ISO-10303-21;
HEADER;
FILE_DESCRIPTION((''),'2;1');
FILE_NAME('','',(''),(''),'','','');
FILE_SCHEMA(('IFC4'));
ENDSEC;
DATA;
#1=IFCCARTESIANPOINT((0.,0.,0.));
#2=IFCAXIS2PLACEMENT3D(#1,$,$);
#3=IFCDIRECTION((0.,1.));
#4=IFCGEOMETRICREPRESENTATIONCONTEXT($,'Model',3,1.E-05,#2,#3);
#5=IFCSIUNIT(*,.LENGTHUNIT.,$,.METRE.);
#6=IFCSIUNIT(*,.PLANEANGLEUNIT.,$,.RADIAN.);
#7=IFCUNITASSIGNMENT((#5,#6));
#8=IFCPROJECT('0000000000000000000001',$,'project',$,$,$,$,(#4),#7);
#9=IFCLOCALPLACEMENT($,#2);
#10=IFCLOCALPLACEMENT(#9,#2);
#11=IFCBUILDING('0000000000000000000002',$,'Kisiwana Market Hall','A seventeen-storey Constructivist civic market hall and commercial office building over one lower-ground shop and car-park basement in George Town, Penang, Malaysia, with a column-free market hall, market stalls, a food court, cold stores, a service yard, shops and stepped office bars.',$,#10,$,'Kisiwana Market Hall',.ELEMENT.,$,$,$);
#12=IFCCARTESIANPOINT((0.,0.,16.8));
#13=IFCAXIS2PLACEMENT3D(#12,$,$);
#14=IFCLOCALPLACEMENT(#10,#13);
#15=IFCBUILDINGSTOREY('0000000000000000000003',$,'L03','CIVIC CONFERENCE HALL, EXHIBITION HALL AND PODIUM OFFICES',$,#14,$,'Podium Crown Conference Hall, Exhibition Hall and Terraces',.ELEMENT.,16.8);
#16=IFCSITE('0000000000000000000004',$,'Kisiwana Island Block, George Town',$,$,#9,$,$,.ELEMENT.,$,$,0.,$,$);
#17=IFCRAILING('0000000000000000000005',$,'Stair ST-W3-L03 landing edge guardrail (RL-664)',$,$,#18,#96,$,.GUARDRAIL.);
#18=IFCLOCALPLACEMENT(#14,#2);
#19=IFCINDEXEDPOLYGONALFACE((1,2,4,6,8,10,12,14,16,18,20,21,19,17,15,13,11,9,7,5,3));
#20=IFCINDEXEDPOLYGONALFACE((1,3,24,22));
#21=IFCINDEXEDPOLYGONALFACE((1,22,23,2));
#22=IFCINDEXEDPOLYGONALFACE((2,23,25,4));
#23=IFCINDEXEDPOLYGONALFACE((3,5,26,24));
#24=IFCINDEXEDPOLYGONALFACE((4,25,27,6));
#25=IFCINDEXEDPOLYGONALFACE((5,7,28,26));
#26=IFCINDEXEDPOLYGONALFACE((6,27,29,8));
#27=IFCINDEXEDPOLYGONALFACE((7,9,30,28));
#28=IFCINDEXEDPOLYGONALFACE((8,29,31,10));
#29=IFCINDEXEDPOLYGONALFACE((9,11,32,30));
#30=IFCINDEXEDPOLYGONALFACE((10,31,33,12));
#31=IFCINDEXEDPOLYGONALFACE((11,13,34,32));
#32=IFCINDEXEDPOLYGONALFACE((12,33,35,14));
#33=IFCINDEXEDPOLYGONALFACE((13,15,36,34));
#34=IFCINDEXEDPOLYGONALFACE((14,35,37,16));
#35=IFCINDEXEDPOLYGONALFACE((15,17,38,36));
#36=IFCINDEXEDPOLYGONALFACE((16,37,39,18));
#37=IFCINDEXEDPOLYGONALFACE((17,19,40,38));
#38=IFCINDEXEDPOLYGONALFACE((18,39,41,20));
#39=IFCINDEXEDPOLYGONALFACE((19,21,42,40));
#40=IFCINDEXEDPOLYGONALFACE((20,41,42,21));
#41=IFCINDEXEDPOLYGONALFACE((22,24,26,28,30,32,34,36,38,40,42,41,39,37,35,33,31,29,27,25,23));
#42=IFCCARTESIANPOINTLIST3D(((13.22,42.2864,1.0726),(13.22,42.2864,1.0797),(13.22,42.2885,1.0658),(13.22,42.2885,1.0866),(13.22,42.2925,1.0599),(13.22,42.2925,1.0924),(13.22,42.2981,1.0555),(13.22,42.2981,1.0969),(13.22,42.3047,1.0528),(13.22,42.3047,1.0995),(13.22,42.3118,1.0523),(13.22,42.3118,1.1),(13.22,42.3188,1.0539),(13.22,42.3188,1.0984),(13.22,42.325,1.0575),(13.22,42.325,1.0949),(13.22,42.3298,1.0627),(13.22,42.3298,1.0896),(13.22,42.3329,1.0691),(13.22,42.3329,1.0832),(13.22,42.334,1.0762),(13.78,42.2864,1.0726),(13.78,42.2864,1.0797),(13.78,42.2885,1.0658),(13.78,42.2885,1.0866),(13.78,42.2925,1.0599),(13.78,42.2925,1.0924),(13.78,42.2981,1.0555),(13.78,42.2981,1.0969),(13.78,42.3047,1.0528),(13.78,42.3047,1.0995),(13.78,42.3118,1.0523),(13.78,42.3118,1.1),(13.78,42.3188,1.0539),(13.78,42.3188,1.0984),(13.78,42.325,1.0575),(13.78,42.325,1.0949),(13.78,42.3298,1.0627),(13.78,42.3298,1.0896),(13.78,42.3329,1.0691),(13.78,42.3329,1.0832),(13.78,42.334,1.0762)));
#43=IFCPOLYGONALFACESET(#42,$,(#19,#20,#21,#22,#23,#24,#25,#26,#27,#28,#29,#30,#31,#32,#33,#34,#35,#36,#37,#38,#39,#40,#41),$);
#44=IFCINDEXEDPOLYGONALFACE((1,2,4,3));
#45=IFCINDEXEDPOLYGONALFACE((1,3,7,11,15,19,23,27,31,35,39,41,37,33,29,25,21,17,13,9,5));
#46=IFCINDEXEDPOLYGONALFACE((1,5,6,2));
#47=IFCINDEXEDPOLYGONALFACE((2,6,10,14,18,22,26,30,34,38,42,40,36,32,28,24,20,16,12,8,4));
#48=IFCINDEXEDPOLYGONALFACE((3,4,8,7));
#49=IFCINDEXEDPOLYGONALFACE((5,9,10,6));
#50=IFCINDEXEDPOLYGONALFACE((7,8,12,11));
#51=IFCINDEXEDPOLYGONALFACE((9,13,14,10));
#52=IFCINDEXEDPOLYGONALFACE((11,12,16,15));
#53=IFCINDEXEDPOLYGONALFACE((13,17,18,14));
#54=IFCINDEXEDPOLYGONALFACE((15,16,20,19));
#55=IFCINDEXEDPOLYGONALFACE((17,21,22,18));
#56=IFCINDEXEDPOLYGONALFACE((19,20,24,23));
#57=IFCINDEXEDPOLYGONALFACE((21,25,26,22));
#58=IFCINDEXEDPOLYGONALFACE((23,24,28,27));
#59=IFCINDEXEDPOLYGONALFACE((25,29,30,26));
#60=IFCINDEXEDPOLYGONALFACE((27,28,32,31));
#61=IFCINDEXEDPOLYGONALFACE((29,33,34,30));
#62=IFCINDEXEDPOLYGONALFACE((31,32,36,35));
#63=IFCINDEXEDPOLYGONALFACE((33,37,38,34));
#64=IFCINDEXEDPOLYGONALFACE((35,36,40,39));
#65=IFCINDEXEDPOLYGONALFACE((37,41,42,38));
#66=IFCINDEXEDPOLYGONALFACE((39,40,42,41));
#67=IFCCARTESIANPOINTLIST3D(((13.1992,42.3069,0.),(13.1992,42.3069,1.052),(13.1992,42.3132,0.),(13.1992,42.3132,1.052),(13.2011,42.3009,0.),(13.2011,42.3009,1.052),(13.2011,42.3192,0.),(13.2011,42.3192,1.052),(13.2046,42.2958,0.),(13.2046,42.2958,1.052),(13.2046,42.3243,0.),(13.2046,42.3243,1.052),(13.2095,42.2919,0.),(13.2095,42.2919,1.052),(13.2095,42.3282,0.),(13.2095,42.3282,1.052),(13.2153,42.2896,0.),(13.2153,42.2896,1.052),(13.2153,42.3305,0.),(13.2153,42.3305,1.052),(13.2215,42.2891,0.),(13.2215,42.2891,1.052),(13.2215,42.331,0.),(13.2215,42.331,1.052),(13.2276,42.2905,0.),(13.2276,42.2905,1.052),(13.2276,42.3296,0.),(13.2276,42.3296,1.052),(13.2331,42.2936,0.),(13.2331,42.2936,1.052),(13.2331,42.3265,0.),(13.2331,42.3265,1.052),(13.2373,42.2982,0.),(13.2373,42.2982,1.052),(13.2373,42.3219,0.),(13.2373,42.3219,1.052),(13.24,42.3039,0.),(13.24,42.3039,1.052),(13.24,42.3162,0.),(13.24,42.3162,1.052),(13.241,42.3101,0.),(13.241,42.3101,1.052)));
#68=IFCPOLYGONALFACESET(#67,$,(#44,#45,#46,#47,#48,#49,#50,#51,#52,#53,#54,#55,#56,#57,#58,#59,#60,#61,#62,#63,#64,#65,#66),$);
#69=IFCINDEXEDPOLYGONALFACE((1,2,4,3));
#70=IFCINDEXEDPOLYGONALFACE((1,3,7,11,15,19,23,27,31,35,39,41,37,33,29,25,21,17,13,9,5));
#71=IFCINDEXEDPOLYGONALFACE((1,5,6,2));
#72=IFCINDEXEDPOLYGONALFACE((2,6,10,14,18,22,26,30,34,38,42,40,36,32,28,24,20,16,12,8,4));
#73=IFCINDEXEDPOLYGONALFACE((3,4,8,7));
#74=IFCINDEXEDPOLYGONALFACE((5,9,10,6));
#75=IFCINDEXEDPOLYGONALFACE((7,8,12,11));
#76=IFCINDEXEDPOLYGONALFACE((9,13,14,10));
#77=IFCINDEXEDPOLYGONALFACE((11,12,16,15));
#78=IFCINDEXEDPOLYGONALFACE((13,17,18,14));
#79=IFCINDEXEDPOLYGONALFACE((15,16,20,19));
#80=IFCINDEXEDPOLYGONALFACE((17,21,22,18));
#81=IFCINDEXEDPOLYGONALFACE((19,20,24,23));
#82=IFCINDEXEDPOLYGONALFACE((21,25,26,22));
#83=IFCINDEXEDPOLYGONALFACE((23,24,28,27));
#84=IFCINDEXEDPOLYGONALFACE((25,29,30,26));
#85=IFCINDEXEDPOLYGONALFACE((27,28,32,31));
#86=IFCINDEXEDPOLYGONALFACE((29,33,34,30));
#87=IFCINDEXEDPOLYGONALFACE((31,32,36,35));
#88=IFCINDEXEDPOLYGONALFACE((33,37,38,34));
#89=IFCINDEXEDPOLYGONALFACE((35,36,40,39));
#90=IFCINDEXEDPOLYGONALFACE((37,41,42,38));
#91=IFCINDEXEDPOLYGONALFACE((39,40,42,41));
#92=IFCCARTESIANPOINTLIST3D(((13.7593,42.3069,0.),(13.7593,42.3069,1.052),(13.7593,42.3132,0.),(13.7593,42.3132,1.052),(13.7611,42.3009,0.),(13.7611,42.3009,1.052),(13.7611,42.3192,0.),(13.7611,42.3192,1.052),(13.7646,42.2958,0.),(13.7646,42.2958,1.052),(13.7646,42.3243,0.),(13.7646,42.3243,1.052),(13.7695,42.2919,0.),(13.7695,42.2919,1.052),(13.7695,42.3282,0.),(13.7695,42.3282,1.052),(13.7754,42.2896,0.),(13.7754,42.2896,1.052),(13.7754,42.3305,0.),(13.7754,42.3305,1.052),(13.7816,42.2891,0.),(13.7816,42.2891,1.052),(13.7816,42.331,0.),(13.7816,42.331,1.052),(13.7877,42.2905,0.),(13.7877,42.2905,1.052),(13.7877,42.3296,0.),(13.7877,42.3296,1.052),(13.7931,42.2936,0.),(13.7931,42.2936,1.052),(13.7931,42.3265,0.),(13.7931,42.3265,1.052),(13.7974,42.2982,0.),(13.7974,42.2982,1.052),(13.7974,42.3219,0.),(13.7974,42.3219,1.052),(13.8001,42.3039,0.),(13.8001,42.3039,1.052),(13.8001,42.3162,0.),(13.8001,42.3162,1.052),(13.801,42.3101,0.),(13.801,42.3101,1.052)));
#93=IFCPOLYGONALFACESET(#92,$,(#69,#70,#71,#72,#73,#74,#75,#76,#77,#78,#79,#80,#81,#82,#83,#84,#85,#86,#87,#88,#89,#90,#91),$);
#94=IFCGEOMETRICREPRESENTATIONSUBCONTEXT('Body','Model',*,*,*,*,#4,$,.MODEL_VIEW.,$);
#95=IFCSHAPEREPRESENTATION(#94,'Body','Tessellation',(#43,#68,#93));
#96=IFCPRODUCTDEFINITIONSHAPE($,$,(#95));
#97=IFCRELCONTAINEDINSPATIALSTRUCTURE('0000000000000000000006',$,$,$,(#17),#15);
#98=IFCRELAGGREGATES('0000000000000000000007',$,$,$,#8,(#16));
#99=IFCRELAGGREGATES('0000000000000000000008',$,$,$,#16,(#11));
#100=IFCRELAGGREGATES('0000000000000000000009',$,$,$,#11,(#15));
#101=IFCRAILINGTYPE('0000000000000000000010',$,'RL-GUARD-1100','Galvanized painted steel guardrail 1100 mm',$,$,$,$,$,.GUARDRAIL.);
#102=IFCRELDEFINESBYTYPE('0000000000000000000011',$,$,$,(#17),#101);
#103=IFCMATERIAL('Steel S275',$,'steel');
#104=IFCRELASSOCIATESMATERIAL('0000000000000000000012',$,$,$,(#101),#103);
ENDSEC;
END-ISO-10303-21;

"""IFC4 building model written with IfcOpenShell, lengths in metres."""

from ifc_helpers import new_model, si_unit, direction, frame, origin, origin_2d, place, context, subcontext, project, spatial, circle, extrude, material, type_object, element, save


model = new_model("IFC4")

# Units and contexts
model_context = context("Model", 3, precision=1e-05, world=origin(), true_north=direction((0.0, 1.0)))
body_context = subcontext(model_context, "Body", "Model", "MODEL_VIEW")
ifc_project = project(units=[si_unit("LENGTHUNIT", "METRE"), si_unit("PLANEANGLEUNIT", "RADIAN")], contexts=[model_context])

# Site, building, storey
site_placement = place(None, origin())
site = spatial("IfcSite", under=ifc_project, at=site_placement, Name="Kisiwana Island Block, George Town", CompositionType="ELEMENT", RefElevation=0.0)
building_placement = place(site_placement, origin())
building = spatial("IfcBuilding", under=site, at=building_placement, Name="Kisiwana Market Hall", Description="A seventeen-storey Constructivist civic market hall and commercial office building over one lower-ground shop and car-park basement in George Town, Penang, Malaysia, with a column-free market hall, market stalls, a food court, cold stores, a service yard, shops and stepped office bars.", LongName="Kisiwana Market Hall", CompositionType="ELEMENT")
storey_placement = place(building_placement, frame((0.0, 0.0, 16.8)))
storey = spatial("IfcBuildingStorey", under=building, at=storey_placement, Name="L03", Description="CIVIC CONFERENCE HALL, EXHIBITION HALL AND PODIUM OFFICES", LongName="Podium Crown Conference Hall, Exhibition Hall and Terraces", CompositionType="ELEMENT", Elevation=16.8)

# Railing
ifc_material_1 = material(Name="Steel S275", Category="steel")
railing_type_1 = type_object("IfcRailingType", Name="RL-GUARD-1100", Description="Galvanized painted steel guardrail 1100 mm", PredefinedType="GUARDRAIL", material=ifc_material_1)
railing_1_placement = place(storey_placement, frame((13.22, 42.3101, 0.0)))
element("IfcRailing", 1, at=railing_1_placement, inside=storey, type_object=railing_type_1, Name="Stair ST-W3-L03 landing edge guardrail (RL-664)", PredefinedType="GUARDRAIL", context=body_context, shape_type="SweptSolid", body=[
    extrude(circle(Radius=0.0239, at=origin_2d()), frame((0.0, 0.0, 1.0762), z_axis=(1.0, 0.0, 0.0), x_axis=(0.0, 1.0, 0.0)), (0.0, 0.0, 1.0), 0.5601),
    extrude(circle(Radius=0.021, at=origin_2d()), origin(), (0.0, 0.0, 1.0), 1.052),
    extrude(circle(Radius=0.021, at=origin_2d()), frame((0.5601, 0.0, 0.0)), (0.0, 0.0, 1.0), 1.052),
])

save(model, "model.ifc")
